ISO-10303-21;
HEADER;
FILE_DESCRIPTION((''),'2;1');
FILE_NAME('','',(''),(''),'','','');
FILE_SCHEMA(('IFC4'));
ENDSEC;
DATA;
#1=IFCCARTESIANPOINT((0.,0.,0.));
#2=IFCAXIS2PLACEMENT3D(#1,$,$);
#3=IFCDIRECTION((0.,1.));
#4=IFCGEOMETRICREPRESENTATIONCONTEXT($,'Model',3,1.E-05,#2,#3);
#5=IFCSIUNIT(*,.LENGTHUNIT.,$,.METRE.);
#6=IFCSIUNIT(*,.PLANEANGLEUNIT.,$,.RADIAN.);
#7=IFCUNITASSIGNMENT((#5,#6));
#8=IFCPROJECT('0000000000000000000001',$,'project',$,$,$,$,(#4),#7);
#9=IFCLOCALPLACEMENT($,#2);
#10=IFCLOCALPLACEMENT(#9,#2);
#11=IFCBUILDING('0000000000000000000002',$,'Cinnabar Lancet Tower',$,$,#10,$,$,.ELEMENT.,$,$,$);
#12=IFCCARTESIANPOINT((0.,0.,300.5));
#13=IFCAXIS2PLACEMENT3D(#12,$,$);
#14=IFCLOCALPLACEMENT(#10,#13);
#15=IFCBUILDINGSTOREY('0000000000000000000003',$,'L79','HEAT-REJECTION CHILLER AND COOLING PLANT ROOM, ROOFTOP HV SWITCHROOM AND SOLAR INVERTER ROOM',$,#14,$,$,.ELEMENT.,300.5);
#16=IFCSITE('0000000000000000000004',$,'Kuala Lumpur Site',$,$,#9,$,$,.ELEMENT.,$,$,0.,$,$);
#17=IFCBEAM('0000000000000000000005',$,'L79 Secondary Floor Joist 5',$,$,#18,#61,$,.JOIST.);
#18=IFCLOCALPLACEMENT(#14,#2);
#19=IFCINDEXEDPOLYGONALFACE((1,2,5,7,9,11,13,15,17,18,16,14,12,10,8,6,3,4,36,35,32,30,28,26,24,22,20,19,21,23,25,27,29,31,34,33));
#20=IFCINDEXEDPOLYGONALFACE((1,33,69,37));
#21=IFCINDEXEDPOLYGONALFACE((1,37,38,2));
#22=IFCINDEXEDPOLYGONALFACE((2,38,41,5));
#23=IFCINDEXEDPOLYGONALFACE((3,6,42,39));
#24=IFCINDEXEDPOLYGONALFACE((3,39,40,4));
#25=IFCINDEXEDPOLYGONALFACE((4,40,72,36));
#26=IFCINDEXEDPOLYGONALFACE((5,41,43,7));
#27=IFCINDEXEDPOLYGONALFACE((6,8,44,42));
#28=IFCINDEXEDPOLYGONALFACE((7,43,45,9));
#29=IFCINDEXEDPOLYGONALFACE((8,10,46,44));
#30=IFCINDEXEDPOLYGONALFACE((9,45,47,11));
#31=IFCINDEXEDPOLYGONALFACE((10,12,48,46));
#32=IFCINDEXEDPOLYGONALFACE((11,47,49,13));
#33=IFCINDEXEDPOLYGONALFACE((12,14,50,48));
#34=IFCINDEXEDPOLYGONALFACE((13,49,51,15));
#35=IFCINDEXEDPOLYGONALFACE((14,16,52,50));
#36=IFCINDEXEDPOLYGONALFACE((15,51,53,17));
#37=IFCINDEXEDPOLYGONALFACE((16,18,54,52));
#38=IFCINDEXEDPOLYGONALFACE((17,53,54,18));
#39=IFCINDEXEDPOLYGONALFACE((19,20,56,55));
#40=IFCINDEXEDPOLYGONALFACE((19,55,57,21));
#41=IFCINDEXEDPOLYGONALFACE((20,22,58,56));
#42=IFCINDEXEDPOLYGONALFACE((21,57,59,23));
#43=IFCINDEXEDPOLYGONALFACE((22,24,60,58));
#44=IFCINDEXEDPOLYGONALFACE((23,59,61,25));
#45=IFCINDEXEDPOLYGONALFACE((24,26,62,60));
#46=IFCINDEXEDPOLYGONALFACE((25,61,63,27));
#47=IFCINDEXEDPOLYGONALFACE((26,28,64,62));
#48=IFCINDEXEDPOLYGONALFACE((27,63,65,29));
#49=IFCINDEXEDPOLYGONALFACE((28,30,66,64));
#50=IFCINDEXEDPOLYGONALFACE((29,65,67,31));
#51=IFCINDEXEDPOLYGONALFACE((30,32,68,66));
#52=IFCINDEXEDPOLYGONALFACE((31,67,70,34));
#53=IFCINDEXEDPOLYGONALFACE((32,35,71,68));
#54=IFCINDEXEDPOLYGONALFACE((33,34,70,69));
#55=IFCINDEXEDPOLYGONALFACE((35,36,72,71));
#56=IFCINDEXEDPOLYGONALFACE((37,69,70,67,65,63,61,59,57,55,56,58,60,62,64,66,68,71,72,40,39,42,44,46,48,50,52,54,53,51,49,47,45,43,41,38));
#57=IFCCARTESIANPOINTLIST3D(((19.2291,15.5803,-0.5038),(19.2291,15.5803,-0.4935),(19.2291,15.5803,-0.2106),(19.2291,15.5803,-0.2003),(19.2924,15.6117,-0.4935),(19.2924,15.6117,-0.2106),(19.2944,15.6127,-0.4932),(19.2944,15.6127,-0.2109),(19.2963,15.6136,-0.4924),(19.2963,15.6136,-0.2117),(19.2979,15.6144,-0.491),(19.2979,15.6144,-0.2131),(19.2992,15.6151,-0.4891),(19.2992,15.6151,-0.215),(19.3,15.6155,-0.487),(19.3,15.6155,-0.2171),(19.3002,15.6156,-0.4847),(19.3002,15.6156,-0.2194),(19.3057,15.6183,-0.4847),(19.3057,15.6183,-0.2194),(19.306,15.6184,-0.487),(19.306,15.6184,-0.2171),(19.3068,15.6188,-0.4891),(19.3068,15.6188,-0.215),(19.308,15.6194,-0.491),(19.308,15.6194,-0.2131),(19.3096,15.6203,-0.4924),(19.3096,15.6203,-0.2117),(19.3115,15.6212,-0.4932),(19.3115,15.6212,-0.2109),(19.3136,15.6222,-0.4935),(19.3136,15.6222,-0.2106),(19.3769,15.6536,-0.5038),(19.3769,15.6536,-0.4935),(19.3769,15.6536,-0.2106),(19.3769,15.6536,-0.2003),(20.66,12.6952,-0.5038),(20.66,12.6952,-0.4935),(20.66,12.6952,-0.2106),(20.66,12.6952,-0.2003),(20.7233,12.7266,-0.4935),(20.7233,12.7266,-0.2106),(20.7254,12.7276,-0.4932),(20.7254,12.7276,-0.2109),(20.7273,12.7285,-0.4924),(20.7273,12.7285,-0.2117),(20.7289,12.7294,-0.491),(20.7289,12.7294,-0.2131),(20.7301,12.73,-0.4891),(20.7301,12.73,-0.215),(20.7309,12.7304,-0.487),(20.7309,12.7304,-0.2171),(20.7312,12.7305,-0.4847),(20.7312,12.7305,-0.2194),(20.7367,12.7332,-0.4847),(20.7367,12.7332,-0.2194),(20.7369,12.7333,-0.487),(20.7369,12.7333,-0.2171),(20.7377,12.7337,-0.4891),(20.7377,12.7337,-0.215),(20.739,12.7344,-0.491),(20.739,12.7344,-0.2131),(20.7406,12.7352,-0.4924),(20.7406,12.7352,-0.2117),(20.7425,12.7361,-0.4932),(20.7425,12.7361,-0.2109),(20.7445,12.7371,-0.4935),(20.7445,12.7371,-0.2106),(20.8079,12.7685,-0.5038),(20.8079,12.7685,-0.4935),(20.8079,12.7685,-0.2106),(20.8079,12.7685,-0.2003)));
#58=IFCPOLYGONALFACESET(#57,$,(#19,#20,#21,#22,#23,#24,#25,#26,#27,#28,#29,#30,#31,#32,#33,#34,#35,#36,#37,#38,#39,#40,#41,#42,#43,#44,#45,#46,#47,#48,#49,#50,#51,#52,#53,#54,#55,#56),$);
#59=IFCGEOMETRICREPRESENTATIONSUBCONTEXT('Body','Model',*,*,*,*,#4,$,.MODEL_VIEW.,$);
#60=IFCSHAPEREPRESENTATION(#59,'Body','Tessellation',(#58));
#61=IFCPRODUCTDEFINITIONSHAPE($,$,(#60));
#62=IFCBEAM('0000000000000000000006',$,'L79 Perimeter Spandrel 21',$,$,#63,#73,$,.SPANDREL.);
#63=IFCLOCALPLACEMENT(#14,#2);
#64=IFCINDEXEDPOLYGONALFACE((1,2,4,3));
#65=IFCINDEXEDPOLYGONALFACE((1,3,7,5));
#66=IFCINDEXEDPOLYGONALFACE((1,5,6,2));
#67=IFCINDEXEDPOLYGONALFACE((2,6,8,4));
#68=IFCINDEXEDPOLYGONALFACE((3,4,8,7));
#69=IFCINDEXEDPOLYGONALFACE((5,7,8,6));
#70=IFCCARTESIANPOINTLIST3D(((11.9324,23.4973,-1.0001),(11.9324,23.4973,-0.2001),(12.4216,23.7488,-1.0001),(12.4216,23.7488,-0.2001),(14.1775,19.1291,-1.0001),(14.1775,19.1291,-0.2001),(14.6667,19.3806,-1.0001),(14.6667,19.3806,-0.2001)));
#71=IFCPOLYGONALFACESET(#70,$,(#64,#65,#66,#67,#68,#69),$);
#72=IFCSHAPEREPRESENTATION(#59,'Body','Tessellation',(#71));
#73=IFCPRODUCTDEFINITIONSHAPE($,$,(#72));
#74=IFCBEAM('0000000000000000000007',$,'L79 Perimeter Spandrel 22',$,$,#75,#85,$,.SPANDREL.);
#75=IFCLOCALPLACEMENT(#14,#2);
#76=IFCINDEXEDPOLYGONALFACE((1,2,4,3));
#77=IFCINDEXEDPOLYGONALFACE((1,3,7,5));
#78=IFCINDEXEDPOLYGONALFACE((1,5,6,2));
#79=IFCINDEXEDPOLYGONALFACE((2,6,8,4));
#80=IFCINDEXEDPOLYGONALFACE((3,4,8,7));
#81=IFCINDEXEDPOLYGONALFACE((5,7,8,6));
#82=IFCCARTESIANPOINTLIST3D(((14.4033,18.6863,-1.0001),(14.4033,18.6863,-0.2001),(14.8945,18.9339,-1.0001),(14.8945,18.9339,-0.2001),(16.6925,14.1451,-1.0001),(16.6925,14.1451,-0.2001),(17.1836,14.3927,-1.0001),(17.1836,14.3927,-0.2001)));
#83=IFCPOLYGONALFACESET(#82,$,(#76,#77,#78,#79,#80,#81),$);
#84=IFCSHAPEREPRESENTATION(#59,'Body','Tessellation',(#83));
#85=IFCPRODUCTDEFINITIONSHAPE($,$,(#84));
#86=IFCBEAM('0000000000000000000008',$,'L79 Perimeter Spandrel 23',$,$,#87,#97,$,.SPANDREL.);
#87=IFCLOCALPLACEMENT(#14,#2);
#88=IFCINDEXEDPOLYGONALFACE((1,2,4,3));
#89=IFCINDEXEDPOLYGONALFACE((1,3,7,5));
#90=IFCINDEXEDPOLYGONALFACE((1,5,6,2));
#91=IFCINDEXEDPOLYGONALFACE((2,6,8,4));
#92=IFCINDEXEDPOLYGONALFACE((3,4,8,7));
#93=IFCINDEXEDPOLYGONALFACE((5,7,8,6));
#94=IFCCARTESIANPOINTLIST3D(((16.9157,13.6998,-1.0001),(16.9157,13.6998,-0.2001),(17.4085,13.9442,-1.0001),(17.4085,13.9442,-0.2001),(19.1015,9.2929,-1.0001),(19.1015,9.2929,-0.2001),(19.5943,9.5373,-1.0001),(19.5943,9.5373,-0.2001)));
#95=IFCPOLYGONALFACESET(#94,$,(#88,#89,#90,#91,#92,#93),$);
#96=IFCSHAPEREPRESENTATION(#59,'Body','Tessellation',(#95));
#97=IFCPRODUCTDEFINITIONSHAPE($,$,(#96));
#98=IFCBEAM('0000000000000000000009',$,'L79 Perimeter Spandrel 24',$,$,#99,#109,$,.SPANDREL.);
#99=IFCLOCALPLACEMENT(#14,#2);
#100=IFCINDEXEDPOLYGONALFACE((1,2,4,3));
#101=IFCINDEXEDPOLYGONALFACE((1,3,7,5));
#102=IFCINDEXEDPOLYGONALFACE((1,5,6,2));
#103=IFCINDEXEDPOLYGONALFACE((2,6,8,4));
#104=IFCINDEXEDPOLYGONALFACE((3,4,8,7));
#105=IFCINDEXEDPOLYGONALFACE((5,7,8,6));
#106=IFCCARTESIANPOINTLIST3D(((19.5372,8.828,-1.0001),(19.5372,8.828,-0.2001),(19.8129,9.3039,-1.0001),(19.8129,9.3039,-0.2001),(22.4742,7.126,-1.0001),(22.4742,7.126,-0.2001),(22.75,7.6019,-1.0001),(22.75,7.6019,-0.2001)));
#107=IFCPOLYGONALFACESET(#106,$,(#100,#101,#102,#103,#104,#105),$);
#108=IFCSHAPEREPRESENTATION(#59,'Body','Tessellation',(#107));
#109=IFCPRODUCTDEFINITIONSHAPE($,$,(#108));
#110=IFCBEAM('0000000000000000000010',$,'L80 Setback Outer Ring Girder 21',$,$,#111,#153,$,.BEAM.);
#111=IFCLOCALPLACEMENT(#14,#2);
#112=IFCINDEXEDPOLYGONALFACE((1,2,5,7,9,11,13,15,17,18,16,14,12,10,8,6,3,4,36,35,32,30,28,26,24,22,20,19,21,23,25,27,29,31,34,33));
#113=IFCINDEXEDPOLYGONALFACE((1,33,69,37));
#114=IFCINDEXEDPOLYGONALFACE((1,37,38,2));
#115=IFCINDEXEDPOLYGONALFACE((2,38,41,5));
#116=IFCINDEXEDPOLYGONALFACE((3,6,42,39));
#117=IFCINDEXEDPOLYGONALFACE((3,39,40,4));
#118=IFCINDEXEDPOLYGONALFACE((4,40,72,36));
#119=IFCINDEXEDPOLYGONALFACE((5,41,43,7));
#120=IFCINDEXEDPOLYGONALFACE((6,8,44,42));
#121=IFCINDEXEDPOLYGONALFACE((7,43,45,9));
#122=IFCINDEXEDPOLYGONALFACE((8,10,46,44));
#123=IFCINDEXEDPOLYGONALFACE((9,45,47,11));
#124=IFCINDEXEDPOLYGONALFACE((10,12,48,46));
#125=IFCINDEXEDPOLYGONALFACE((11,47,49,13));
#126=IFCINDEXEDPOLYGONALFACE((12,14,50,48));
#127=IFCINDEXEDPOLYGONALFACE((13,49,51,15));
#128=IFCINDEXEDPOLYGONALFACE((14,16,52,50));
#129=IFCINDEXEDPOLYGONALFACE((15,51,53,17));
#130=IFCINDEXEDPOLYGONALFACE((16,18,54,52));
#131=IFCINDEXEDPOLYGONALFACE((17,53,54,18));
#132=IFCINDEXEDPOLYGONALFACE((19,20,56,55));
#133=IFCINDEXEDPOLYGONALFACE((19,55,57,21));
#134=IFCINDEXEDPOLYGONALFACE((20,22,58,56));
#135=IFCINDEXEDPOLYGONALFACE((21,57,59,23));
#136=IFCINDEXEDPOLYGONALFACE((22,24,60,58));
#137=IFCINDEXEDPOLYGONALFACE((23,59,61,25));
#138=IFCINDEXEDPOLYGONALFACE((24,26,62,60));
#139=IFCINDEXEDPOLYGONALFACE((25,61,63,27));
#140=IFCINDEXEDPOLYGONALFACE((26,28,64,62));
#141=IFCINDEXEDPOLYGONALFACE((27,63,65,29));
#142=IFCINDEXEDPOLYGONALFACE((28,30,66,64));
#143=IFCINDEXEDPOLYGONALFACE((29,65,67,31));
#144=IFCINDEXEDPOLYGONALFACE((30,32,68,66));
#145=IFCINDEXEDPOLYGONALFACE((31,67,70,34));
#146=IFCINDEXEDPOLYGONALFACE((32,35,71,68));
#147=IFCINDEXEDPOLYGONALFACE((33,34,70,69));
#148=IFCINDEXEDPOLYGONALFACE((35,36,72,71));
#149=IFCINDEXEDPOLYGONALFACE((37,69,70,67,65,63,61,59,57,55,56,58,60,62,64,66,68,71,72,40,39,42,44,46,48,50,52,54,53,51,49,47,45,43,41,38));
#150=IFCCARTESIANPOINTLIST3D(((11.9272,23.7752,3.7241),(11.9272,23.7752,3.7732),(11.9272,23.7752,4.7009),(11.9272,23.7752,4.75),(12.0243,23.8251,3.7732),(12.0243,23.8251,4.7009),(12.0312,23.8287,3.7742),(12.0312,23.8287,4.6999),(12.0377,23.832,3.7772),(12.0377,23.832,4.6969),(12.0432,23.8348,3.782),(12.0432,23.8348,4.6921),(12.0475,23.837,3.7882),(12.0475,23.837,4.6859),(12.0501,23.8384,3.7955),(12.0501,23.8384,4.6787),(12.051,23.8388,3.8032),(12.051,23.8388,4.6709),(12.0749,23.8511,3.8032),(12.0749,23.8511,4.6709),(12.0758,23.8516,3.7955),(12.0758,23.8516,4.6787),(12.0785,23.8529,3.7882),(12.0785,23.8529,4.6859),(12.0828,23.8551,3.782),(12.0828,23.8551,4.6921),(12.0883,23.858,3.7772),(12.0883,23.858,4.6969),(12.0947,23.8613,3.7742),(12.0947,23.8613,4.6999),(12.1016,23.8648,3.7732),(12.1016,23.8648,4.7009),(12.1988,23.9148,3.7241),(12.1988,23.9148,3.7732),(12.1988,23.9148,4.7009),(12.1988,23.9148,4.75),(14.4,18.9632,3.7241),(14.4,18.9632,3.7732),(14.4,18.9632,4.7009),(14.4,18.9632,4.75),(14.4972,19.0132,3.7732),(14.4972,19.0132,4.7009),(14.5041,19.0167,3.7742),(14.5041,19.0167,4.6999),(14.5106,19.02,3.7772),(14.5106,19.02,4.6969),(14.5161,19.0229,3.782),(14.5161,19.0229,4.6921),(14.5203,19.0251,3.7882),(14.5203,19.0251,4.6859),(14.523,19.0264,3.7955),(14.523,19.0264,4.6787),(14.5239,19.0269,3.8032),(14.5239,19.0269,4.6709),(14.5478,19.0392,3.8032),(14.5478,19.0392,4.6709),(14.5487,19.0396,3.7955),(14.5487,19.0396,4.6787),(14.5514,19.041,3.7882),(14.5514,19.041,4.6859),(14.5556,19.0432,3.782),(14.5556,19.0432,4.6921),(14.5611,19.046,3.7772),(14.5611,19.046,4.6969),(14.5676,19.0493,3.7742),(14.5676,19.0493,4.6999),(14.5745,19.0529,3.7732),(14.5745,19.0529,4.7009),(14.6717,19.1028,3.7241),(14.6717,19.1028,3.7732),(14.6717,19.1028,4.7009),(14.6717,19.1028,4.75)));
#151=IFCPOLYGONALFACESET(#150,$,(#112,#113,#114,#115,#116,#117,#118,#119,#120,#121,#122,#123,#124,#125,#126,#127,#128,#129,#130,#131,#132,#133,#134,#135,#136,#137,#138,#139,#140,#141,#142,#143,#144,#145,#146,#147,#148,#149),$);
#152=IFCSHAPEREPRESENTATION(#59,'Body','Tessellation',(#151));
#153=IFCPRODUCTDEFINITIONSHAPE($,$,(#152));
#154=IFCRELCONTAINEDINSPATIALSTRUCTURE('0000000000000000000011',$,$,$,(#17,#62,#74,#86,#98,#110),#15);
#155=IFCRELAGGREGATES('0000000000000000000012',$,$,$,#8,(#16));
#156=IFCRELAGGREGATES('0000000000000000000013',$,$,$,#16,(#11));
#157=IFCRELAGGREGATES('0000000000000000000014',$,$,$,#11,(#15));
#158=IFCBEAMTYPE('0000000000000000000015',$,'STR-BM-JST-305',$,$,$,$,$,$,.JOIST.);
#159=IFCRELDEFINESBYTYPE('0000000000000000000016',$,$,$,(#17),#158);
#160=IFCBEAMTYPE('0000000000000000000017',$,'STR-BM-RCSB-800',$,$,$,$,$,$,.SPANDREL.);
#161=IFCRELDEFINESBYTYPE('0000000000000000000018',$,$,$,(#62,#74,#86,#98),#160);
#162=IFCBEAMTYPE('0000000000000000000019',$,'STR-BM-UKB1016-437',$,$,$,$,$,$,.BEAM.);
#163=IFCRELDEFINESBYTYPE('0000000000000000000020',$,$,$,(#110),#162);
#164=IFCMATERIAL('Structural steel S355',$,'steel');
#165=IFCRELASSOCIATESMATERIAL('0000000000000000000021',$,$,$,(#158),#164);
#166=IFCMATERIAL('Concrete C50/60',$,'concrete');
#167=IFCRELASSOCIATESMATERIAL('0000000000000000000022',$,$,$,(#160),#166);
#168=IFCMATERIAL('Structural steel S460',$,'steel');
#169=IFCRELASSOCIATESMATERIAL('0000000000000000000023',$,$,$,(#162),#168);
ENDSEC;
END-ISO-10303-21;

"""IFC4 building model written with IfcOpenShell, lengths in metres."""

from ifc_helpers import new_model, si_unit, direction, frame, origin, origin_2d, place, context, subcontext, project, spatial, rectangle, i_section, extrude, material, material_profile, profile_set, type_object, element, save


model = new_model("IFC4")

# Units and contexts
model_context = context("Model", 3, precision=1e-05, world=origin(), true_north=direction((0.0, 1.0)))
body_context = subcontext(model_context, "Body", "Model", "MODEL_VIEW")
ifc_project = project(units=[si_unit("LENGTHUNIT", "METRE"), si_unit("PLANEANGLEUNIT", "RADIAN")], contexts=[model_context])

# Site, building, storey
site_placement = place(None, origin())
site = spatial("IfcSite", under=ifc_project, at=site_placement, Name="Kuala Lumpur Site", CompositionType="ELEMENT", RefElevation=0.0)
building_placement = place(site_placement, origin())
building = spatial("IfcBuilding", under=site, at=building_placement, Name="Cinnabar Lancet Tower", CompositionType="ELEMENT")
storey_placement = place(building_placement, frame((0.0, 0.0, 300.5)))
storey = spatial("IfcBuildingStorey", under=building, at=storey_placement, Name="L79", Description="HEAT-REJECTION CHILLER AND COOLING PLANT ROOM, ROOFTOP HV SWITCHROOM AND SOLAR INVERTER ROOM", CompositionType="ELEMENT", Elevation=300.5)

# Beams
ifc_material_1 = material(Name="Structural steel S355", Category="steel")
ifc_material_profile_1 = material_profile(ifc_material_1, i_section(OverallWidth=0.165, OverallDepth=0.3035, WebThickness=0.0061, FlangeThickness=0.0103, FilletRadius=0.0088, at=origin_2d()), Name="UKB 305x165x40")
ifc_profile_set_1 = profile_set([ifc_material_profile_1], Name="Structural steel S355")
beam_type_1 = type_object("IfcBeamType", Name="STR-BM-JST-305", PredefinedType="JOIST", material=ifc_profile_set_1)
beam_1_placement = place(storey_placement, frame((19.303, 15.6169, -0.3521), z_axis=(0.44433, -0.895863, 0.0), x_axis=(0.895863, 0.44433, 0.0)))
element("IfcBeam", 1, at=beam_1_placement, inside=storey, type_object=beam_type_1, Name="L79 Secondary Floor Joist 5", PredefinedType="JOIST", context=body_context, shape_type="SweptSolid", body=[
    extrude(i_section(OverallWidth=0.165, OverallDepth=0.3035, WebThickness=0.0061, FlangeThickness=0.0103, FilletRadius=0.0088, at=origin_2d()), origin(), (0.0, 0.0, 1.0), 3.2205),
])
ifc_material_2 = material(Name="Concrete C50/60", Category="concrete")
ifc_material_profile_2 = material_profile(ifc_material_2, rectangle(XDim=0.55, YDim=0.8, at=origin_2d()), Name="RC-SB 550x800")
ifc_profile_set_2 = profile_set([ifc_material_profile_2], Name="Concrete C50/60")
beam_type_2 = type_object("IfcBeamType", Name="STR-BM-RCSB-800", PredefinedType="SPANDREL", material=ifc_profile_set_2)
beam_2_placement = place(storey_placement, frame((12.177, 23.623, -0.6001), z_axis=(0.457128, -0.889401, 0.0), x_axis=(0.889401, 0.457128, 0.0)))
element("IfcBeam", 2, at=beam_2_placement, inside=storey, type_object=beam_type_2, Name="L79 Perimeter Spandrel 21", PredefinedType="SPANDREL", context=body_context, shape_type="SweptSolid", body=[
    extrude(rectangle(XDim=0.55, YDim=0.8, at=origin_2d()), origin(), (0.0, 0.0, 1.0), 4.9114),
])
beam_3_placement = place(storey_placement, frame((14.6489, 18.8101, -0.6001), z_axis=(0.45013, -0.892963, 0.0), x_axis=(0.892963, 0.45013, 0.0)))
element("IfcBeam", 3, at=beam_3_placement, inside=storey, type_object=beam_type_2, Name="L79 Perimeter Spandrel 22", PredefinedType="SPANDREL", context=body_context, shape_type="SweptSolid", body=[
    extrude(rectangle(XDim=0.55, YDim=0.8, at=origin_2d()), origin(), (0.0, 0.0, 1.0), 5.0854),
])
beam_4_placement = place(storey_placement, frame((17.1621, 13.822, -0.6001), z_axis=(0.444333, -0.895862, 0.0), x_axis=(0.895862, 0.444333, 0.0)))
element("IfcBeam", 4, at=beam_4_placement, inside=storey, type_object=beam_type_2, Name="L79 Perimeter Spandrel 23", PredefinedType="SPANDREL", context=body_context, shape_type="SweptSolid", body=[
    extrude(rectangle(XDim=0.55, YDim=0.8, at=origin_2d()), origin(), (0.0, 0.0, 1.0), 4.9192),
])
beam_5_placement = place(storey_placement, frame((19.675, 9.0659, -0.6001), z_axis=(0.865231, -0.501374, 0.0), x_axis=(0.501374, 0.865231, 0.0)))
element("IfcBeam", 5, at=beam_5_placement, inside=storey, type_object=beam_type_2, Name="L79 Perimeter Spandrel 24", PredefinedType="SPANDREL", context=body_context, shape_type="SweptSolid", body=[
    extrude(rectangle(XDim=0.55, YDim=0.8, at=origin_2d()), origin(), (0.0, 0.0, 1.0), 3.3945),
])
ifc_material_3 = material(Name="Structural steel S460", Category="steel")
ifc_material_profile_3 = material_profile(ifc_material_3, i_section(OverallWidth=0.3054, OverallDepth=1.0259, WebThickness=0.0269, FlangeThickness=0.0491, FilletRadius=0.03, at=origin_2d()), Name="UKB 1016x305x437")
ifc_profile_set_3 = profile_set([ifc_material_profile_3], Name="Structural steel S460")
beam_type_3 = type_object("IfcBeamType", Name="STR-BM-UKB1016-437", PredefinedType="BEAM", material=ifc_profile_set_3)
beam_6_placement = place(storey_placement, frame((12.063, 23.845, 4.2371), z_axis=(0.457078, -0.889427, 0.0), x_axis=(0.889427, 0.457078, 0.0)))
element("IfcBeam", 6, at=beam_6_placement, inside=storey, type_object=beam_type_3, Name="L80 Setback Outer Ring Girder 21", PredefinedType="BEAM", context=body_context, shape_type="SweptSolid", body=[
    extrude(i_section(OverallWidth=0.3054, OverallDepth=1.0259, WebThickness=0.0269, FlangeThickness=0.0491, FilletRadius=0.03, at=origin_2d()), origin(), (0.0, 0.0, 1.0), 5.4102),
])

save(model, "model.ifc")
